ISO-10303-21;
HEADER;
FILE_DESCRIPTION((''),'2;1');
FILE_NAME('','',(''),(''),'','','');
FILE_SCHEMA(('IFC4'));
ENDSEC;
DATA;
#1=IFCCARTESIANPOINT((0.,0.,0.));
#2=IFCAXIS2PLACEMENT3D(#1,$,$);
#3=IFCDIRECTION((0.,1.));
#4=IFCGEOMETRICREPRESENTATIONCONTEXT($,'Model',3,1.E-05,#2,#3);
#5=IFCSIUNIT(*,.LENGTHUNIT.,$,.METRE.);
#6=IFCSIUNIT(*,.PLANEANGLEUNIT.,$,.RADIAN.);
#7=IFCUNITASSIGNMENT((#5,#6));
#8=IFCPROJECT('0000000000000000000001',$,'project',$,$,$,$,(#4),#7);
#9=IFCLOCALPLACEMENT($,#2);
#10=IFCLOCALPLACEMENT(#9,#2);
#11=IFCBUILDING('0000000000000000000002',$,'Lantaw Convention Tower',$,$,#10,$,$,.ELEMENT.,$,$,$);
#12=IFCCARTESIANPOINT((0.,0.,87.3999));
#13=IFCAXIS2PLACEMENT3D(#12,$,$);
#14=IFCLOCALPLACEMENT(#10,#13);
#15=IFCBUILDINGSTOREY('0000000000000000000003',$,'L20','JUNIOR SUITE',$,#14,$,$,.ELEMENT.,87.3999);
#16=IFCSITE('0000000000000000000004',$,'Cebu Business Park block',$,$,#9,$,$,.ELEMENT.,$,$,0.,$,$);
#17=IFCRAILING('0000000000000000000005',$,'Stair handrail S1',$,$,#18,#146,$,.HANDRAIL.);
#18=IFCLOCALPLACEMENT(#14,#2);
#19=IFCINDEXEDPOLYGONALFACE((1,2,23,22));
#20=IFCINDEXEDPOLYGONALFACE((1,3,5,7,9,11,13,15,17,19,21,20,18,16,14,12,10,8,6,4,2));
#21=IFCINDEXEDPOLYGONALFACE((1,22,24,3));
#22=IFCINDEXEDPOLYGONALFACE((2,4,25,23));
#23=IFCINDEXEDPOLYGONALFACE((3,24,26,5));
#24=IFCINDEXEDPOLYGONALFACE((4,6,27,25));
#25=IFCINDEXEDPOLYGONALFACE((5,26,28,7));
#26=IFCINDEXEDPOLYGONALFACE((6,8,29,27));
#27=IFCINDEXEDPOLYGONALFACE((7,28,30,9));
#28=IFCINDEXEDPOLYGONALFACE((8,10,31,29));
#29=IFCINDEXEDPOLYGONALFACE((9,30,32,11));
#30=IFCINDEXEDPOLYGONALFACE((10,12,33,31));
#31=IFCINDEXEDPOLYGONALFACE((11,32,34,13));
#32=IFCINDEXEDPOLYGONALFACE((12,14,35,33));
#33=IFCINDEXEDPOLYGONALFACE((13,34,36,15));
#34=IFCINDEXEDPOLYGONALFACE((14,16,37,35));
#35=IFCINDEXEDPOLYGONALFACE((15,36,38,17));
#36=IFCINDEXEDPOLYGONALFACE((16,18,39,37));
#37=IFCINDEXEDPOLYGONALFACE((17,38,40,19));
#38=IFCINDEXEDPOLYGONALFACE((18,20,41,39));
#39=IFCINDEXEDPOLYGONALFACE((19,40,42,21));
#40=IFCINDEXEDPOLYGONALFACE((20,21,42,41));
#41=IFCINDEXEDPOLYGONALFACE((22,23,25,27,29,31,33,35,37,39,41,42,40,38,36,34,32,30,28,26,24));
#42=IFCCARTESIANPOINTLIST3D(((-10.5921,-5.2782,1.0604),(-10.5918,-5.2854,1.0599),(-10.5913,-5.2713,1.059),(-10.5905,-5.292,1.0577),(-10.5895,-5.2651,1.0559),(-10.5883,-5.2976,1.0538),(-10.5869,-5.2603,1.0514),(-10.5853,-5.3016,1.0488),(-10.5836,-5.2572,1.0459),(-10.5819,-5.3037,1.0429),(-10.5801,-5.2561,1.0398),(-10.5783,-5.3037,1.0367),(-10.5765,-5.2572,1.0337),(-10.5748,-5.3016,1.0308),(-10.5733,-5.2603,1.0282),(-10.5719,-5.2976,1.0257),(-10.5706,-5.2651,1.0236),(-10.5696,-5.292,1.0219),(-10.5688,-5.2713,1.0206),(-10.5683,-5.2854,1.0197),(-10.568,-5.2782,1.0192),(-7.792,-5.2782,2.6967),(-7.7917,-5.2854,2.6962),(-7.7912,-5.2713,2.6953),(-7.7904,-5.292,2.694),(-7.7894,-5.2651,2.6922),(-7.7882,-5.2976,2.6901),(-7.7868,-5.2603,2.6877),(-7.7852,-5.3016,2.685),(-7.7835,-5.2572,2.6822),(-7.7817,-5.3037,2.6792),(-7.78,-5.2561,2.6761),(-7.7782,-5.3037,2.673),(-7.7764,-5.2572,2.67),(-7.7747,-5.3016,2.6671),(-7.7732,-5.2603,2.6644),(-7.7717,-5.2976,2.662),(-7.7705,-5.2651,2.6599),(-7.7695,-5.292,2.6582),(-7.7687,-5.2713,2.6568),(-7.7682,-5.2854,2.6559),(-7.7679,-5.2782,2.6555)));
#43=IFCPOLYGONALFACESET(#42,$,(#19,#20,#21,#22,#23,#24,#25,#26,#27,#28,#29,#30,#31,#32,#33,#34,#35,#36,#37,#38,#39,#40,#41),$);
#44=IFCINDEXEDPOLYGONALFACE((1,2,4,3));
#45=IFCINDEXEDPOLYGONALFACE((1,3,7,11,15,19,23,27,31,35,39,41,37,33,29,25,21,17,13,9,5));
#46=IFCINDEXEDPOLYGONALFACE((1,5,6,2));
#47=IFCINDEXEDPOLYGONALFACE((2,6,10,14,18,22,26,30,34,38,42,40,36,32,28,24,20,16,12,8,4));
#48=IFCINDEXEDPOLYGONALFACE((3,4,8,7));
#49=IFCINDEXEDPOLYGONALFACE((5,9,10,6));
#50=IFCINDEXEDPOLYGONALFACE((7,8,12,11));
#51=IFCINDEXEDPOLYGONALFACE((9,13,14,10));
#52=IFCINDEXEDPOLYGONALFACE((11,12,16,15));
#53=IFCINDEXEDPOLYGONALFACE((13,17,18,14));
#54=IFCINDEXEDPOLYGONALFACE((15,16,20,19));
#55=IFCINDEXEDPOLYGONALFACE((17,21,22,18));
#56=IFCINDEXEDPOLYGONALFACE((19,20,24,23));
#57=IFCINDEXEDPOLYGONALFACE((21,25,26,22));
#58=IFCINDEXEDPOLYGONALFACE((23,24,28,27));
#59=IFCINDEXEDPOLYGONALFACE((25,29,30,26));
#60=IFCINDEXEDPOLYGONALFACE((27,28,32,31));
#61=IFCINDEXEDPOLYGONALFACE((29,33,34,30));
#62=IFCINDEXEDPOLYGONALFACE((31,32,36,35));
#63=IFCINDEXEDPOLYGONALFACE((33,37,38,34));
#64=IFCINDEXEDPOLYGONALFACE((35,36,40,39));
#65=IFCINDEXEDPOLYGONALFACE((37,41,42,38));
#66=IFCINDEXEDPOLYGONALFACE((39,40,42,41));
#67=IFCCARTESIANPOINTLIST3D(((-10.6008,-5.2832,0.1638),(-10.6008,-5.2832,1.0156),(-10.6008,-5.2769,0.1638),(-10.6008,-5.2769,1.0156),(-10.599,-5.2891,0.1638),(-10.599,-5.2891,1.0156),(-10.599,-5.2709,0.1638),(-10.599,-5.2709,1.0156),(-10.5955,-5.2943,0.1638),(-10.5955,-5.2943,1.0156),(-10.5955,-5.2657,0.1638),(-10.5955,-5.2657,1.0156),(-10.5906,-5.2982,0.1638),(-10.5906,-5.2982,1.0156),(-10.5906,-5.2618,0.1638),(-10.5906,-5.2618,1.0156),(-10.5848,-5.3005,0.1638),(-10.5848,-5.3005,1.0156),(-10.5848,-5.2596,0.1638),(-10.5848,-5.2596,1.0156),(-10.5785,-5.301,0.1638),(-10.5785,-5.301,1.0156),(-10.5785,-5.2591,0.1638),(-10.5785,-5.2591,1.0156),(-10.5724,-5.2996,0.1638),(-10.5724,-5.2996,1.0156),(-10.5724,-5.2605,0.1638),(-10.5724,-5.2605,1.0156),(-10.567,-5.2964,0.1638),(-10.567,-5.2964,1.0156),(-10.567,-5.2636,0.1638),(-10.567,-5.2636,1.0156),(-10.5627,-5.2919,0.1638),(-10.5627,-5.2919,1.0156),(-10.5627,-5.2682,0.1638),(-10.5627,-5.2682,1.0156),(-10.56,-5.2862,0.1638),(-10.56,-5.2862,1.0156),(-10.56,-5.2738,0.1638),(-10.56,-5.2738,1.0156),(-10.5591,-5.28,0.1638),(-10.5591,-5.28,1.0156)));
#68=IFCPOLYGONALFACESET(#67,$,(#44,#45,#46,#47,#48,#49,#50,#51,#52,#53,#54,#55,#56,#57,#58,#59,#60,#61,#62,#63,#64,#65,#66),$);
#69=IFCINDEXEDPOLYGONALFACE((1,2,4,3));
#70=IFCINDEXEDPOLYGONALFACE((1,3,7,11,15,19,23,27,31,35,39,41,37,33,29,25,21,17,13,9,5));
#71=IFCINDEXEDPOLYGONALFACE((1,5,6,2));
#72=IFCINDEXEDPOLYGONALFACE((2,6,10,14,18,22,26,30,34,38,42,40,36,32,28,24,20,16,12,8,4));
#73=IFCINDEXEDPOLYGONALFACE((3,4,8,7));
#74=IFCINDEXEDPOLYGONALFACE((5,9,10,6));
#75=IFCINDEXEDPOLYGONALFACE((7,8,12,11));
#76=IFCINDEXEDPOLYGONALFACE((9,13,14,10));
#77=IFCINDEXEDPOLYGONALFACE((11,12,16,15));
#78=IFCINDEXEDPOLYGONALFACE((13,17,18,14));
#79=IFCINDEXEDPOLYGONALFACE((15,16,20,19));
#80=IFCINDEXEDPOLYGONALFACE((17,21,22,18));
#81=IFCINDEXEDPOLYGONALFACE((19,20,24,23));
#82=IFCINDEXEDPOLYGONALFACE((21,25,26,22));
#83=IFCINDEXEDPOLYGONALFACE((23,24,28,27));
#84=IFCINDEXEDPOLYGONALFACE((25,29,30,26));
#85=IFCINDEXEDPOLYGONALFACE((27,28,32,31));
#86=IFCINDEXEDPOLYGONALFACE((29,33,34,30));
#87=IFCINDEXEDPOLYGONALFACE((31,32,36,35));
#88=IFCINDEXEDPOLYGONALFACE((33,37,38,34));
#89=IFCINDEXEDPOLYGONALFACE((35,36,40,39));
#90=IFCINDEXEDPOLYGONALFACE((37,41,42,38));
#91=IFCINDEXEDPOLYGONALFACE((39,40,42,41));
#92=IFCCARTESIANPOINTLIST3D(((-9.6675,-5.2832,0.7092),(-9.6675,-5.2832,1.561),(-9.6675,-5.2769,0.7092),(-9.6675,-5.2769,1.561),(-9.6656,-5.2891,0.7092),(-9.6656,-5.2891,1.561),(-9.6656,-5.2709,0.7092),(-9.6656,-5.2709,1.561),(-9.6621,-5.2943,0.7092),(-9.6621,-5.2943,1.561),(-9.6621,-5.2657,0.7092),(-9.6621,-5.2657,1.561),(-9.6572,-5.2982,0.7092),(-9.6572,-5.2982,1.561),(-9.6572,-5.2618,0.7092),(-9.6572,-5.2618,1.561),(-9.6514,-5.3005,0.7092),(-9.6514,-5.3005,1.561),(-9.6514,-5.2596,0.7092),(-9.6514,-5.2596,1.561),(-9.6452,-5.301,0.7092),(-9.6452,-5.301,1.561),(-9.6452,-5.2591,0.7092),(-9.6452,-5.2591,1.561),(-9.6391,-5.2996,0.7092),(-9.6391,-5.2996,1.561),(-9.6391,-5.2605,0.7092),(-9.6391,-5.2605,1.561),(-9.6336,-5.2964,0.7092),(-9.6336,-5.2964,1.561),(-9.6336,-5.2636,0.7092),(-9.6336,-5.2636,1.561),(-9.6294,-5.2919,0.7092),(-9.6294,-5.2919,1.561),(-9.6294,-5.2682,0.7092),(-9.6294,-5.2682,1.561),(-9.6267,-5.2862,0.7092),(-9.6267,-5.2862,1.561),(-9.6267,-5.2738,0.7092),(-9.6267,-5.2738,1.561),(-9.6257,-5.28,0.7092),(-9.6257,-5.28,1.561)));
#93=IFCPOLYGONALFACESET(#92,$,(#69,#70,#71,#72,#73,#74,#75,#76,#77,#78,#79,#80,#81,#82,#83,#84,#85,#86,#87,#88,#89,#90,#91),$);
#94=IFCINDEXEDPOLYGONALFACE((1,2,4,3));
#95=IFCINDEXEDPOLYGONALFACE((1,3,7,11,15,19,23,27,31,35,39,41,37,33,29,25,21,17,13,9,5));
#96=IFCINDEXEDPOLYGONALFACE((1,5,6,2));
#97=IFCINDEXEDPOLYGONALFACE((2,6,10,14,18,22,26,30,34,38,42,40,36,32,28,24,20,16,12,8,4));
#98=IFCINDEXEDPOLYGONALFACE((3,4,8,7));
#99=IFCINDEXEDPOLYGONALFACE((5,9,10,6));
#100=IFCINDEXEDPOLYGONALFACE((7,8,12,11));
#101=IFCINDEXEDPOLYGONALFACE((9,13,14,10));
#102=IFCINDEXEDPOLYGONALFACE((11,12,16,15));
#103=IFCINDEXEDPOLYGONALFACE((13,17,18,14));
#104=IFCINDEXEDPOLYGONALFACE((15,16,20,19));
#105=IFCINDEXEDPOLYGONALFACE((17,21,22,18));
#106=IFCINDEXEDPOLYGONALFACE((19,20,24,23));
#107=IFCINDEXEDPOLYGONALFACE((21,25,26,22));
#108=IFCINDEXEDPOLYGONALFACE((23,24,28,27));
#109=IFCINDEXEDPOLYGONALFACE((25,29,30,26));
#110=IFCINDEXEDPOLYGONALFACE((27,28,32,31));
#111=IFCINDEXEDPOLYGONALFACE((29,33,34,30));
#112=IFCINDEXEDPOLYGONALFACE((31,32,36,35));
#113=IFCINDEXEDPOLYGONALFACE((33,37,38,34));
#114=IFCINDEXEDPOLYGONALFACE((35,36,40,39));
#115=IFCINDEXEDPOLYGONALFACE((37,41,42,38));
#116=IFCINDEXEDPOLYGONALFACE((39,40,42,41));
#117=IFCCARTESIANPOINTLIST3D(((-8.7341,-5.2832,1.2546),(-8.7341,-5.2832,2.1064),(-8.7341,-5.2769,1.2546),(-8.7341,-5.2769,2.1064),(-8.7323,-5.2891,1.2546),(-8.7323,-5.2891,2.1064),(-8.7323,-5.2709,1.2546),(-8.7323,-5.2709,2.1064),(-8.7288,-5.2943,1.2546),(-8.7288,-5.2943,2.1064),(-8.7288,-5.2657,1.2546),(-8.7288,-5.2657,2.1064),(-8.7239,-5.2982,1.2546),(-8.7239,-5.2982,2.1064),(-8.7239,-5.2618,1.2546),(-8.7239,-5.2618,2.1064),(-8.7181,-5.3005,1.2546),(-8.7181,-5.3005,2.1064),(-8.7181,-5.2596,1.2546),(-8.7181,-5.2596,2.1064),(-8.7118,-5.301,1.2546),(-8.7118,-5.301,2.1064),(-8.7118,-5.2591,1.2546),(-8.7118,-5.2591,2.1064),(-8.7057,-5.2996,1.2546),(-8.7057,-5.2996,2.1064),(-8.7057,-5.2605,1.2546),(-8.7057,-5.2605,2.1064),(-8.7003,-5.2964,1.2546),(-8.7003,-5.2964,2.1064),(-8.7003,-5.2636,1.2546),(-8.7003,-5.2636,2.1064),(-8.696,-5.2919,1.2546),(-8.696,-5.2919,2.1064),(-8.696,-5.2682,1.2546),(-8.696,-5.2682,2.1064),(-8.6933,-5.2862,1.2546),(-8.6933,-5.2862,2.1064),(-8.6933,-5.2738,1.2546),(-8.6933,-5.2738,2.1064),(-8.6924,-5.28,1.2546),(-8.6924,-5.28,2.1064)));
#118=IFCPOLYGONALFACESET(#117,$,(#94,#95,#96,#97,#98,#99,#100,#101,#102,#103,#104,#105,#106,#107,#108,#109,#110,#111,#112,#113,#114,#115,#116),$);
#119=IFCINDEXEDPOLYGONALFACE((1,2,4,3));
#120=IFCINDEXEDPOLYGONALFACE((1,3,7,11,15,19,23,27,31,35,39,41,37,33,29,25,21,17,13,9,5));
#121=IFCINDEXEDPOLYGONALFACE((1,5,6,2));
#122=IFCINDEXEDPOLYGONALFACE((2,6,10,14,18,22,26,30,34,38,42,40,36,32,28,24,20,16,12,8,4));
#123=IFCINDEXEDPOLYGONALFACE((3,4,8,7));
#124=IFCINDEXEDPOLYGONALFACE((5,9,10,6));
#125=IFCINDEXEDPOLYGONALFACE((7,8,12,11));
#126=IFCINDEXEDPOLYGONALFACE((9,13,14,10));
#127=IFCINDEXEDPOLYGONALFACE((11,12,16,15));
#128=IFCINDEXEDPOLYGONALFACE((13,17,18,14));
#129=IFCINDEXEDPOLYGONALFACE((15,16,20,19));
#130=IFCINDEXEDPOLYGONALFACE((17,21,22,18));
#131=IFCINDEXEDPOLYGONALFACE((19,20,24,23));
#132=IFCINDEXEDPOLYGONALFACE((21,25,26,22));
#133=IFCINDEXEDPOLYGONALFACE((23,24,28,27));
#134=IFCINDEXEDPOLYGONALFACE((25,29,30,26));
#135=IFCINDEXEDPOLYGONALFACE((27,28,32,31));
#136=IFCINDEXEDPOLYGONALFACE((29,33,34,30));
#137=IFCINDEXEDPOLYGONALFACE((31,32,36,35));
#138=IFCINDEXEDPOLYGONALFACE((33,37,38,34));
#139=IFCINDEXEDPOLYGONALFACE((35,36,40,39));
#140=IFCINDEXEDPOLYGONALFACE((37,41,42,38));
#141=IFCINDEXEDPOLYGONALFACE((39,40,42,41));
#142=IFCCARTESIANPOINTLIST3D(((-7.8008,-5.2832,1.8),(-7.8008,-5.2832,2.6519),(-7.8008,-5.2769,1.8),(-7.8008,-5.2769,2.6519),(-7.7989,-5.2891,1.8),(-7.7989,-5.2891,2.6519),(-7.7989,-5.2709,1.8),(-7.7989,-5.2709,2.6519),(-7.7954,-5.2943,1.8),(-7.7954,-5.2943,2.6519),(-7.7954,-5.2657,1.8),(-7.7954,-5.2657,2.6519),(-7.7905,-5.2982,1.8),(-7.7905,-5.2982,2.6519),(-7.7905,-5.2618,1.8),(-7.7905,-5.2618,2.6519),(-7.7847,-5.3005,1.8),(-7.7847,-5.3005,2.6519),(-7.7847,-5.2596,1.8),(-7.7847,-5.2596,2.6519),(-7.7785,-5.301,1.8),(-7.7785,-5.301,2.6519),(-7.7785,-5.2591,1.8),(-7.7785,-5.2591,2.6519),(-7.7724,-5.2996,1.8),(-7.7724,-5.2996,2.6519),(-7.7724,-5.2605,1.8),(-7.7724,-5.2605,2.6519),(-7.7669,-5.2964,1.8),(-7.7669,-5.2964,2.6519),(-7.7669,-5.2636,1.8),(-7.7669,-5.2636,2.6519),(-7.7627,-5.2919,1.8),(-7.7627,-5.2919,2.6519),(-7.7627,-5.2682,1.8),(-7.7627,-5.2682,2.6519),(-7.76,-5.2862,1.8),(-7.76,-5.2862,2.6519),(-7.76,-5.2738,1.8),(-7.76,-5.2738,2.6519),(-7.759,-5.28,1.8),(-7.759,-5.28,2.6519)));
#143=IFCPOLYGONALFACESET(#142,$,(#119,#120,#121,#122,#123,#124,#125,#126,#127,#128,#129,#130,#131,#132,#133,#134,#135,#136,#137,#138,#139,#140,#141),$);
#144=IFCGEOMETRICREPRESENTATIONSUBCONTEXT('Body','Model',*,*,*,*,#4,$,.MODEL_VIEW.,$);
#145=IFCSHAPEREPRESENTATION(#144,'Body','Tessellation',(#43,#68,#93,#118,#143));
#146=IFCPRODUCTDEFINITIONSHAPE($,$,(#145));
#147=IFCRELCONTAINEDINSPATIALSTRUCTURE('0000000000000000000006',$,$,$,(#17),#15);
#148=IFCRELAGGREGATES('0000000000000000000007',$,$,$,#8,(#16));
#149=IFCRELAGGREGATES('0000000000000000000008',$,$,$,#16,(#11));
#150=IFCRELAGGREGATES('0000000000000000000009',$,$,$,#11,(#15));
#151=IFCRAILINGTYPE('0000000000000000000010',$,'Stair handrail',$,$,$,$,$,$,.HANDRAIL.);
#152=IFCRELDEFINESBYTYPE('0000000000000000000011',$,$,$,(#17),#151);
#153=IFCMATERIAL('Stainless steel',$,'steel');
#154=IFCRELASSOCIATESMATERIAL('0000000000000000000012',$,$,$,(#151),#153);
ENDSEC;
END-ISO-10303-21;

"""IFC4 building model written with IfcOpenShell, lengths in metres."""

from ifc_helpers import new_model, si_unit, direction, frame, origin, origin_2d, place, context, subcontext, project, spatial, circle, extrude, material, type_object, element, save


model = new_model("IFC4")

# Units and contexts
model_context = context("Model", 3, precision=1e-05, world=origin(), true_north=direction((0.0, 1.0)))
body_context = subcontext(model_context, "Body", "Model", "MODEL_VIEW")
ifc_project = project(units=[si_unit("LENGTHUNIT", "METRE"), si_unit("PLANEANGLEUNIT", "RADIAN")], contexts=[model_context])

# Site, building, storey
site_placement = place(None, origin())
site = spatial("IfcSite", under=ifc_project, at=site_placement, Name="Cebu Business Park block", CompositionType="ELEMENT", RefElevation=0.0)
building_placement = place(site_placement, origin())
building = spatial("IfcBuilding", under=site, at=building_placement, Name="Lantaw Convention Tower", CompositionType="ELEMENT")
storey_placement = place(building_placement, frame((0.0, 0.0, 87.3999)))
storey = spatial("IfcBuildingStorey", under=building, at=storey_placement, Name="L20", Description="JUNIOR SUITE", CompositionType="ELEMENT", Elevation=87.3999)

# Shared definitions
ifc_material_1 = material(Name="Stainless steel", Category="steel")

# Railing
railing_type = type_object("IfcRailingType", Name="Stair handrail", PredefinedType="HANDRAIL", material=ifc_material_1)
railing_1_placement = place(storey_placement, frame((-10.5801, -5.28, 0.1638)))
element("IfcRailing", 1, at=railing_1_placement, inside=storey, type_object=railing_type, Name="Stair handrail S1", PredefinedType="HANDRAIL", context=body_context, shape_type="SweptSolid", body=[
    extrude(circle(Radius=0.0239, at=origin_2d()), frame((0.0, 0.0, 0.876), z_axis=(0.863394, 0.0, 0.504531), x_axis=(0.0, 1.0, 0.0)), (0.0, 0.0, 1.0), 3.2432),
    extrude(circle(Radius=0.021, at=origin_2d()), origin(), (0.0, 0.0, 1.0), 0.8518),
    extrude(circle(Radius=0.021, at=origin_2d()), frame((0.9333, 0.0, 0.5454)), (0.0, 0.0, 1.0), 0.8518),
    extrude(circle(Radius=0.021, at=origin_2d()), frame((1.8667, 0.0, 1.0908)), (0.0, 0.0, 1.0), 0.8518),
    extrude(circle(Radius=0.021, at=origin_2d()), frame((2.8, 0.0, 1.6362)), (0.0, 0.0, 1.0), 0.8518),
])

save(model, "model.ifc")
